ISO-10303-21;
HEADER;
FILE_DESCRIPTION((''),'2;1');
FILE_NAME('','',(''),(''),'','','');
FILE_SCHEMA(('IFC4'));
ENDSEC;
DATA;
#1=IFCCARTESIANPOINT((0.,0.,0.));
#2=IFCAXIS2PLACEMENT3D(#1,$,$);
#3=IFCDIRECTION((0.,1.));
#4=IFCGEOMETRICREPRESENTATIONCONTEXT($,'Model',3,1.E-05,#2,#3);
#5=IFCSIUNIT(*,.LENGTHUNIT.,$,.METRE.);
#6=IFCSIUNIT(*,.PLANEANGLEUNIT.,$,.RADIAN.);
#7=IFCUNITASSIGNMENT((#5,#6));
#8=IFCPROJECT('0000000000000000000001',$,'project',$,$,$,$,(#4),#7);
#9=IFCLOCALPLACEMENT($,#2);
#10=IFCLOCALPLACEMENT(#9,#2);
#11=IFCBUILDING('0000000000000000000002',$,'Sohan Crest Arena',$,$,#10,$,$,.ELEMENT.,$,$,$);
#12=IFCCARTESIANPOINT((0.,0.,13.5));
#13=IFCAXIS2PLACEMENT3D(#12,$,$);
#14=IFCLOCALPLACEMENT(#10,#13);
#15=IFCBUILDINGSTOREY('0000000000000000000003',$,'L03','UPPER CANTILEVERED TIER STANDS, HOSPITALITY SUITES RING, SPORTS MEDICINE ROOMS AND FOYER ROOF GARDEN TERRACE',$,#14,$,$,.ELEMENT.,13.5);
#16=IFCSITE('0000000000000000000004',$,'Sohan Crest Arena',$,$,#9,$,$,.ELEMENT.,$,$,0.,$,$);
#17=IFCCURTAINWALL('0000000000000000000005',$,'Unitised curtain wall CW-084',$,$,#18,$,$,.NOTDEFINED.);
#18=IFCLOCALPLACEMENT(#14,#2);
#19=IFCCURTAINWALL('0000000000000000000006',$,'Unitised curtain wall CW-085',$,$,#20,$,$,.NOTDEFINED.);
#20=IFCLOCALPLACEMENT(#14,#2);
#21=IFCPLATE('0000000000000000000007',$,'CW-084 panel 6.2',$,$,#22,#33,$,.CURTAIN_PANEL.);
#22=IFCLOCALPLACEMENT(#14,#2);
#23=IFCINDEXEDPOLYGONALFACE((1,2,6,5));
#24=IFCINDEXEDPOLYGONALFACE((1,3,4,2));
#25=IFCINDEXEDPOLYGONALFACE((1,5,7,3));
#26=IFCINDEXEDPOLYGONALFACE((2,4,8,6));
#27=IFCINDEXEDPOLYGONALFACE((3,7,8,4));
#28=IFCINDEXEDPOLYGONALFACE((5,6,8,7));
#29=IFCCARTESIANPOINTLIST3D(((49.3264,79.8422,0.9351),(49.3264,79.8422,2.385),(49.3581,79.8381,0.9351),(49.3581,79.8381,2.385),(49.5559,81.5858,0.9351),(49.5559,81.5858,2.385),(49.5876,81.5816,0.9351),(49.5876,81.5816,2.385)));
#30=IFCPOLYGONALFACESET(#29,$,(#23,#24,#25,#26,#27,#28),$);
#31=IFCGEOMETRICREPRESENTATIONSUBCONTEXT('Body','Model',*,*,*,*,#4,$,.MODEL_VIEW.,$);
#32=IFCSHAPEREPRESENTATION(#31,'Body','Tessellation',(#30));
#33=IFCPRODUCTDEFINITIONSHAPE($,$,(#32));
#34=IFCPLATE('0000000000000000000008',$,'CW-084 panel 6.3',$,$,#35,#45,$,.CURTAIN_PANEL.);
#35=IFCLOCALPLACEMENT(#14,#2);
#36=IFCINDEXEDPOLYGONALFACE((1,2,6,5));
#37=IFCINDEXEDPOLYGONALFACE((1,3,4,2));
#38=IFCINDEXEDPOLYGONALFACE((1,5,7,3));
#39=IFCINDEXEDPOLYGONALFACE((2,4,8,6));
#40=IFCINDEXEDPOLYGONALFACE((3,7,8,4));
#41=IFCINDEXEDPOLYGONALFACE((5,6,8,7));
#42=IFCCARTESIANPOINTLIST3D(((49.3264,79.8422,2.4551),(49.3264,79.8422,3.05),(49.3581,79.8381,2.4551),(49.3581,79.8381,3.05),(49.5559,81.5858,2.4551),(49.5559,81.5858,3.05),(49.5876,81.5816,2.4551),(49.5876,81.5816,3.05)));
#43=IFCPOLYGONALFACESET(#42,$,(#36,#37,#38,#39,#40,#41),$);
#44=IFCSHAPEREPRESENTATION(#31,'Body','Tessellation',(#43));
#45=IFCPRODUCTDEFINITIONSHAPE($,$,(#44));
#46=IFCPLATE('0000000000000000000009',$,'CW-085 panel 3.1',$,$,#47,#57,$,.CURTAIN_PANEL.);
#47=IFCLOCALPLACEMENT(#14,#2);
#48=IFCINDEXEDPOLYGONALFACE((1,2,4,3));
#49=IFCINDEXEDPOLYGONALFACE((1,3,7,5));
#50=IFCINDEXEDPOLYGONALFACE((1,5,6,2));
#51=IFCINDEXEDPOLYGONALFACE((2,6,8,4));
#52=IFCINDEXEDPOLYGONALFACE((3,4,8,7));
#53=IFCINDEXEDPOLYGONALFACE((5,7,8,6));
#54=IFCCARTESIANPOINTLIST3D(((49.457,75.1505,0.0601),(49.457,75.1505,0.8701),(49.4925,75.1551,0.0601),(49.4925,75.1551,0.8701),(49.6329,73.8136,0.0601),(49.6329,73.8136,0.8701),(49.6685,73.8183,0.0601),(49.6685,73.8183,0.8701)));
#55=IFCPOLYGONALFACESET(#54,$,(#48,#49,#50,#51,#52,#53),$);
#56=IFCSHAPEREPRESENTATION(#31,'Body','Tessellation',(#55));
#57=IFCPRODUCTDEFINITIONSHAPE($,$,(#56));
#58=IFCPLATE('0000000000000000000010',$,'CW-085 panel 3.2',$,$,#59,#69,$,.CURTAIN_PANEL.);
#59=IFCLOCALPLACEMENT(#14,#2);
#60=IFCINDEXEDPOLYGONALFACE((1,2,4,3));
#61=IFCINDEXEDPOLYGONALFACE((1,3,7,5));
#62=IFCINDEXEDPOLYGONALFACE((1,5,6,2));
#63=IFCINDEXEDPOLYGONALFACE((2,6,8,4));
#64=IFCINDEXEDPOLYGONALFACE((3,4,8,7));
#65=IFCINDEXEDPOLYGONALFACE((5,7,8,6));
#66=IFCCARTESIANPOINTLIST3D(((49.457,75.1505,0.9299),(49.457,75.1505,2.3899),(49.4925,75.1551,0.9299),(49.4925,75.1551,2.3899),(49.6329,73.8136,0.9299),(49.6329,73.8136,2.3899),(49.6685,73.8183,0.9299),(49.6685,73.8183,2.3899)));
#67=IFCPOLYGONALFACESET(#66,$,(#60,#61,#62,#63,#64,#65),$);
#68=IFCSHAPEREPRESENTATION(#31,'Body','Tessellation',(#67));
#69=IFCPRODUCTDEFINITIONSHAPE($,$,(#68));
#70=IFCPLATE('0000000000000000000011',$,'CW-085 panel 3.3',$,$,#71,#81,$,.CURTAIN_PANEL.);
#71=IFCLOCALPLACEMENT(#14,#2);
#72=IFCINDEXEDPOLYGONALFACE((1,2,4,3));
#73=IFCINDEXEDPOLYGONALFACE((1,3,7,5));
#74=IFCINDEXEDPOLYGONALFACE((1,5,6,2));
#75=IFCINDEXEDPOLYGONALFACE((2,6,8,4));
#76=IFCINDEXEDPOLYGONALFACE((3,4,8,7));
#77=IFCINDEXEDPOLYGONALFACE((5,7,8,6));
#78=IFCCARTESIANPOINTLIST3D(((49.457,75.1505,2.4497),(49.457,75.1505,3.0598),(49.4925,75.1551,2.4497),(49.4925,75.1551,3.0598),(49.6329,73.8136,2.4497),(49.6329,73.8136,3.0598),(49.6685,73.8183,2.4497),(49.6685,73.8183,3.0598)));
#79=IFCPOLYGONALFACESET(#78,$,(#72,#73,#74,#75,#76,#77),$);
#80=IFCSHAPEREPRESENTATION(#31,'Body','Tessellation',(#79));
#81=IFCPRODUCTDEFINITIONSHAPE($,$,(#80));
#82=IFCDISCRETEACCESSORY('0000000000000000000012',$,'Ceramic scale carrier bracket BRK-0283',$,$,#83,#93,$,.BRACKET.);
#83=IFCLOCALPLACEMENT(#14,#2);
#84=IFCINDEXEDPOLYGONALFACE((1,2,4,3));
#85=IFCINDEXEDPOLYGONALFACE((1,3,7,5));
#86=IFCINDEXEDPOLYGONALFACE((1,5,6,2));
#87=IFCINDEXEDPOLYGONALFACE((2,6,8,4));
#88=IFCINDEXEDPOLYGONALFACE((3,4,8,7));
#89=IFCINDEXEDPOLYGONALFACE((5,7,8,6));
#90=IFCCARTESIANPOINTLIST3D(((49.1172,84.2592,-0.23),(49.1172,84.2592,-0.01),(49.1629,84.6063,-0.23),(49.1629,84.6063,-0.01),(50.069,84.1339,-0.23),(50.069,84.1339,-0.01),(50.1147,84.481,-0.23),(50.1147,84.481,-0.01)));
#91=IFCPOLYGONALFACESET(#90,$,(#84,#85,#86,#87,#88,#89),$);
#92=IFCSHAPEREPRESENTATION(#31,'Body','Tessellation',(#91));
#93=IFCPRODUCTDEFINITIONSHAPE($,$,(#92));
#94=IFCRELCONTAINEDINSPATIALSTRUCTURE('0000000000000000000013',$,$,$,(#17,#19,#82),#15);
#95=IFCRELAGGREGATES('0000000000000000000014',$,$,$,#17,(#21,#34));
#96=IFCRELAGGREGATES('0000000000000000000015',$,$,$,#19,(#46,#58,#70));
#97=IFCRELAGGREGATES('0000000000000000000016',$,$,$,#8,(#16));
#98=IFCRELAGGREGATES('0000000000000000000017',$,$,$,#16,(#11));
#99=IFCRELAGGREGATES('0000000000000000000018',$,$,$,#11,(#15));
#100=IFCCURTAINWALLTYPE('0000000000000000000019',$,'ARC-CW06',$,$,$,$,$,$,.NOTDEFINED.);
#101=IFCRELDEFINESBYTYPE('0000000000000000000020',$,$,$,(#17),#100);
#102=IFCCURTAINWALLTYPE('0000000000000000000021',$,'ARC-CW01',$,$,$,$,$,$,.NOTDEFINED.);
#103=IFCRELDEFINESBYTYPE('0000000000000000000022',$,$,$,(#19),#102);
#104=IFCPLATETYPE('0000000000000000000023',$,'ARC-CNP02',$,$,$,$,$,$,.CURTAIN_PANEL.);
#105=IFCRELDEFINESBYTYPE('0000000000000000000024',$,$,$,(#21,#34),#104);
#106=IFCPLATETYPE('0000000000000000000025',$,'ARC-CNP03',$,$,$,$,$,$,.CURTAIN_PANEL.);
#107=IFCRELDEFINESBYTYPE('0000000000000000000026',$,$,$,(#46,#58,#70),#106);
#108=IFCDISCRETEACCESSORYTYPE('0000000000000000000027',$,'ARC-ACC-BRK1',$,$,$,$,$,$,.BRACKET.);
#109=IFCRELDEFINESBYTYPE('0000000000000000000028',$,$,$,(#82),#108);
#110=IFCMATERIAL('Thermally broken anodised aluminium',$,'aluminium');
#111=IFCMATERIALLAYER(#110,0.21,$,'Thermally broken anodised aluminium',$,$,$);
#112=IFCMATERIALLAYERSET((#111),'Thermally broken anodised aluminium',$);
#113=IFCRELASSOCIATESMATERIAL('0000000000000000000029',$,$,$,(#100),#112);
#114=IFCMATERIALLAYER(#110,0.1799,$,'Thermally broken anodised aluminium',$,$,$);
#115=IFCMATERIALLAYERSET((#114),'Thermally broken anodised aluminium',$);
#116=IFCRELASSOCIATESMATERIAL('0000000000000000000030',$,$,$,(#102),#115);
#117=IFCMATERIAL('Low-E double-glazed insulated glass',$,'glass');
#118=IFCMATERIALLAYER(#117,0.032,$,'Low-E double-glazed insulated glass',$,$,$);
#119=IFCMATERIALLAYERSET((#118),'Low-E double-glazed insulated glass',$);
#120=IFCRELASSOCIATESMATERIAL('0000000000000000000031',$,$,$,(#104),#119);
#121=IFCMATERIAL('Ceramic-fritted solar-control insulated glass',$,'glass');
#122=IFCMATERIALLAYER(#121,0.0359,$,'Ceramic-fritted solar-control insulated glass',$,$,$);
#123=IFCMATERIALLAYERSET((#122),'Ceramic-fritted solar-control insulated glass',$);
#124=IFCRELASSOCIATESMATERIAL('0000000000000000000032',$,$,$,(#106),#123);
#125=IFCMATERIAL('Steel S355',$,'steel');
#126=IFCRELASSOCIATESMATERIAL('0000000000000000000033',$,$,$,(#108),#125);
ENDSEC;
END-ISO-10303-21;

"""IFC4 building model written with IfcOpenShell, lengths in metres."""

from ifc_helpers import new_model, si_unit, direction, frame, origin, origin_2d, place, context, subcontext, project, spatial, rectangle, extrude, material, layer, layer_set, type_object, element, aggregate, save


model = new_model("IFC4")

# Units and contexts
model_context = context("Model", 3, precision=1e-05, world=origin(), true_north=direction((0.0, 1.0)))
body_context = subcontext(model_context, "Body", "Model", "MODEL_VIEW")
ifc_project = project(units=[si_unit("LENGTHUNIT", "METRE"), si_unit("PLANEANGLEUNIT", "RADIAN")], contexts=[model_context])

# Site, building, storey
site_placement = place(None, origin())
site = spatial("IfcSite", under=ifc_project, at=site_placement, Name="Sohan Crest Arena", CompositionType="ELEMENT", RefElevation=0.0)
building_placement = place(site_placement, origin())
building = spatial("IfcBuilding", under=site, at=building_placement, Name="Sohan Crest Arena", CompositionType="ELEMENT")
storey_placement = place(building_placement, frame((0.0, 0.0, 13.5)))
storey = spatial("IfcBuildingStorey", under=building, at=storey_placement, Name="L03", Description="UPPER CANTILEVERED TIER STANDS, HOSPITALITY SUITES RING, SPORTS MEDICINE ROOMS AND FOYER ROOF GARDEN TERRACE", CompositionType="ELEMENT", Elevation=13.5)

# Shared definitions
ifc_material_1 = material(Name="Steel S355", Category="steel")

# Curtain walls
ifc_material_2 = material(Name="Thermally broken anodised aluminium", Category="aluminium")
ifc_layer_1 = layer(ifc_material_2, 0.21, Name="Thermally broken anodised aluminium")
ifc_layer_set_1 = layer_set([ifc_layer_1], Name="Thermally broken anodised aluminium")
curtain_wall_type_1 = type_object("IfcCurtainWallType", Name="ARC-CW06", PredefinedType="NOTDEFINED", material=ifc_layer_set_1)
curtain_wall_1_placement = place(storey_placement, origin())
curtain_wall_1 = element("IfcCurtainWall", 1, at=curtain_wall_1_placement, inside=storey, type_object=curtain_wall_type_1, Name="Unitised curtain wall CW-084", PredefinedType="NOTDEFINED")
ifc_layer_2 = layer(ifc_material_2, 0.1799, Name="Thermally broken anodised aluminium")
ifc_layer_set_2 = layer_set([ifc_layer_2], Name="Thermally broken anodised aluminium")
curtain_wall_type_2 = type_object("IfcCurtainWallType", Name="ARC-CW01", PredefinedType="NOTDEFINED", material=ifc_layer_set_2)
curtain_wall_2_placement = place(storey_placement, origin())
curtain_wall_2 = element("IfcCurtainWall", 2, at=curtain_wall_2_placement, inside=storey, type_object=curtain_wall_type_2, Name="Unitised curtain wall CW-085", PredefinedType="NOTDEFINED")

# Plates
ifc_material_3 = material(Name="Low-E double-glazed insulated glass", Category="glass")
ifc_layer_3 = layer(ifc_material_3, 0.032, Name="Low-E double-glazed insulated glass")
ifc_layer_set_3 = layer_set([ifc_layer_3], Name="Low-E double-glazed insulated glass")
plate_type_1 = type_object("IfcPlateType", Name="ARC-CNP02", PredefinedType="CURTAIN_PANEL", material=ifc_layer_set_3)
plate_1_placement = place(storey_placement, frame((49.457, 80.7119, 0.9351), z_axis=(0.0, 0.0, 1.0), x_axis=(-0.130511, -0.991447, 0.0)))
plate_1 = element("IfcPlate", 3, at=plate_1_placement, type_object=plate_type_1, Name="CW-084 panel 6.2", PredefinedType="CURTAIN_PANEL", context=body_context, shape_type="SweptSolid", body=[
    extrude(rectangle(XDim=1.7585, YDim=0.032, at=origin_2d()), origin(), (0.0, 0.0, 1.0), 1.45),
])
plate_2_placement = place(storey_placement, frame((49.457, 80.7119, 2.4551), z_axis=(0.0, 0.0, 1.0), x_axis=(-0.130511, -0.991447, 0.0)))
plate_2 = element("IfcPlate", 4, at=plate_2_placement, type_object=plate_type_1, Name="CW-084 panel 6.3", PredefinedType="CURTAIN_PANEL", context=body_context, shape_type="SweptSolid", body=[
    extrude(rectangle(XDim=1.7585, YDim=0.032, at=origin_2d()), origin(), (0.0, 0.0, 1.0), 0.595),
])
aggregate(curtain_wall_1, [plate_1, plate_2])
ifc_material_4 = material(Name="Ceramic-fritted solar-control insulated glass", Category="glass")
ifc_layer_4 = layer(ifc_material_4, 0.0359, Name="Ceramic-fritted solar-control insulated glass")
ifc_layer_set_4 = layer_set([ifc_layer_4], Name="Ceramic-fritted solar-control insulated glass")
plate_type_2 = type_object("IfcPlateType", Name="ARC-CNP03", PredefinedType="CURTAIN_PANEL", material=ifc_layer_set_4)
plate_3_placement = place(storey_placement, frame((49.5627, 74.4844, 0.0601), z_axis=(0.0, 0.0, 1.0), x_axis=(0.130511, -0.991447, 0.0)))
plate_3 = element("IfcPlate", 5, at=plate_3_placement, type_object=plate_type_2, Name="CW-085 panel 3.1", PredefinedType="CURTAIN_PANEL", context=body_context, shape_type="SweptSolid", body=[
    extrude(rectangle(XDim=1.3484, YDim=0.0359, at=origin_2d()), origin(), (0.0, 0.0, 1.0), 0.8101),
])
plate_4_placement = place(storey_placement, frame((49.5627, 74.4844, 0.9299), z_axis=(0.0, 0.0, 1.0), x_axis=(0.130511, -0.991447, 0.0)))
plate_4 = element("IfcPlate", 6, at=plate_4_placement, type_object=plate_type_2, Name="CW-085 panel 3.2", PredefinedType="CURTAIN_PANEL", context=body_context, shape_type="SweptSolid", body=[
    extrude(rectangle(XDim=1.3484, YDim=0.0359, at=origin_2d()), origin(), (0.0, 0.0, 1.0), 1.46),
])
plate_5_placement = place(storey_placement, frame((49.5627, 74.4844, 2.4497), z_axis=(0.0, 0.0, 1.0), x_axis=(0.130511, -0.991447, 0.0)))
plate_5 = element("IfcPlate", 7, at=plate_5_placement, type_object=plate_type_2, Name="CW-085 panel 3.3", PredefinedType="CURTAIN_PANEL", context=body_context, shape_type="SweptSolid", body=[
    extrude(rectangle(XDim=1.3484, YDim=0.0359, at=origin_2d()), origin(), (0.0, 0.0, 1.0), 0.6101),
])
aggregate(curtain_wall_2, [plate_3, plate_4, plate_5])

# Discrete accessory
discrete_accessory_type = type_object("IfcDiscreteAccessoryType", Name="ARC-ACC-BRK1", PredefinedType="BRACKET", material=ifc_material_1)
discrete_accessory_placement = place(storey_placement, frame((49.616, 84.3701, -0.23), z_axis=(0.0, 0.0, 1.0), x_axis=(-0.130526, -0.991445, 0.0)))
element("IfcDiscreteAccessory", 8, at=discrete_accessory_placement, inside=storey, type_object=discrete_accessory_type, Name="Ceramic scale carrier bracket BRK-0283", PredefinedType="BRACKET", context=body_context, shape_type="SweptSolid", body=[
    extrude(rectangle(XDim=0.3501, YDim=0.96, at=origin_2d()), origin(), (0.0, 0.0, 1.0), 0.22),
])

save(model, "model.ifc")
